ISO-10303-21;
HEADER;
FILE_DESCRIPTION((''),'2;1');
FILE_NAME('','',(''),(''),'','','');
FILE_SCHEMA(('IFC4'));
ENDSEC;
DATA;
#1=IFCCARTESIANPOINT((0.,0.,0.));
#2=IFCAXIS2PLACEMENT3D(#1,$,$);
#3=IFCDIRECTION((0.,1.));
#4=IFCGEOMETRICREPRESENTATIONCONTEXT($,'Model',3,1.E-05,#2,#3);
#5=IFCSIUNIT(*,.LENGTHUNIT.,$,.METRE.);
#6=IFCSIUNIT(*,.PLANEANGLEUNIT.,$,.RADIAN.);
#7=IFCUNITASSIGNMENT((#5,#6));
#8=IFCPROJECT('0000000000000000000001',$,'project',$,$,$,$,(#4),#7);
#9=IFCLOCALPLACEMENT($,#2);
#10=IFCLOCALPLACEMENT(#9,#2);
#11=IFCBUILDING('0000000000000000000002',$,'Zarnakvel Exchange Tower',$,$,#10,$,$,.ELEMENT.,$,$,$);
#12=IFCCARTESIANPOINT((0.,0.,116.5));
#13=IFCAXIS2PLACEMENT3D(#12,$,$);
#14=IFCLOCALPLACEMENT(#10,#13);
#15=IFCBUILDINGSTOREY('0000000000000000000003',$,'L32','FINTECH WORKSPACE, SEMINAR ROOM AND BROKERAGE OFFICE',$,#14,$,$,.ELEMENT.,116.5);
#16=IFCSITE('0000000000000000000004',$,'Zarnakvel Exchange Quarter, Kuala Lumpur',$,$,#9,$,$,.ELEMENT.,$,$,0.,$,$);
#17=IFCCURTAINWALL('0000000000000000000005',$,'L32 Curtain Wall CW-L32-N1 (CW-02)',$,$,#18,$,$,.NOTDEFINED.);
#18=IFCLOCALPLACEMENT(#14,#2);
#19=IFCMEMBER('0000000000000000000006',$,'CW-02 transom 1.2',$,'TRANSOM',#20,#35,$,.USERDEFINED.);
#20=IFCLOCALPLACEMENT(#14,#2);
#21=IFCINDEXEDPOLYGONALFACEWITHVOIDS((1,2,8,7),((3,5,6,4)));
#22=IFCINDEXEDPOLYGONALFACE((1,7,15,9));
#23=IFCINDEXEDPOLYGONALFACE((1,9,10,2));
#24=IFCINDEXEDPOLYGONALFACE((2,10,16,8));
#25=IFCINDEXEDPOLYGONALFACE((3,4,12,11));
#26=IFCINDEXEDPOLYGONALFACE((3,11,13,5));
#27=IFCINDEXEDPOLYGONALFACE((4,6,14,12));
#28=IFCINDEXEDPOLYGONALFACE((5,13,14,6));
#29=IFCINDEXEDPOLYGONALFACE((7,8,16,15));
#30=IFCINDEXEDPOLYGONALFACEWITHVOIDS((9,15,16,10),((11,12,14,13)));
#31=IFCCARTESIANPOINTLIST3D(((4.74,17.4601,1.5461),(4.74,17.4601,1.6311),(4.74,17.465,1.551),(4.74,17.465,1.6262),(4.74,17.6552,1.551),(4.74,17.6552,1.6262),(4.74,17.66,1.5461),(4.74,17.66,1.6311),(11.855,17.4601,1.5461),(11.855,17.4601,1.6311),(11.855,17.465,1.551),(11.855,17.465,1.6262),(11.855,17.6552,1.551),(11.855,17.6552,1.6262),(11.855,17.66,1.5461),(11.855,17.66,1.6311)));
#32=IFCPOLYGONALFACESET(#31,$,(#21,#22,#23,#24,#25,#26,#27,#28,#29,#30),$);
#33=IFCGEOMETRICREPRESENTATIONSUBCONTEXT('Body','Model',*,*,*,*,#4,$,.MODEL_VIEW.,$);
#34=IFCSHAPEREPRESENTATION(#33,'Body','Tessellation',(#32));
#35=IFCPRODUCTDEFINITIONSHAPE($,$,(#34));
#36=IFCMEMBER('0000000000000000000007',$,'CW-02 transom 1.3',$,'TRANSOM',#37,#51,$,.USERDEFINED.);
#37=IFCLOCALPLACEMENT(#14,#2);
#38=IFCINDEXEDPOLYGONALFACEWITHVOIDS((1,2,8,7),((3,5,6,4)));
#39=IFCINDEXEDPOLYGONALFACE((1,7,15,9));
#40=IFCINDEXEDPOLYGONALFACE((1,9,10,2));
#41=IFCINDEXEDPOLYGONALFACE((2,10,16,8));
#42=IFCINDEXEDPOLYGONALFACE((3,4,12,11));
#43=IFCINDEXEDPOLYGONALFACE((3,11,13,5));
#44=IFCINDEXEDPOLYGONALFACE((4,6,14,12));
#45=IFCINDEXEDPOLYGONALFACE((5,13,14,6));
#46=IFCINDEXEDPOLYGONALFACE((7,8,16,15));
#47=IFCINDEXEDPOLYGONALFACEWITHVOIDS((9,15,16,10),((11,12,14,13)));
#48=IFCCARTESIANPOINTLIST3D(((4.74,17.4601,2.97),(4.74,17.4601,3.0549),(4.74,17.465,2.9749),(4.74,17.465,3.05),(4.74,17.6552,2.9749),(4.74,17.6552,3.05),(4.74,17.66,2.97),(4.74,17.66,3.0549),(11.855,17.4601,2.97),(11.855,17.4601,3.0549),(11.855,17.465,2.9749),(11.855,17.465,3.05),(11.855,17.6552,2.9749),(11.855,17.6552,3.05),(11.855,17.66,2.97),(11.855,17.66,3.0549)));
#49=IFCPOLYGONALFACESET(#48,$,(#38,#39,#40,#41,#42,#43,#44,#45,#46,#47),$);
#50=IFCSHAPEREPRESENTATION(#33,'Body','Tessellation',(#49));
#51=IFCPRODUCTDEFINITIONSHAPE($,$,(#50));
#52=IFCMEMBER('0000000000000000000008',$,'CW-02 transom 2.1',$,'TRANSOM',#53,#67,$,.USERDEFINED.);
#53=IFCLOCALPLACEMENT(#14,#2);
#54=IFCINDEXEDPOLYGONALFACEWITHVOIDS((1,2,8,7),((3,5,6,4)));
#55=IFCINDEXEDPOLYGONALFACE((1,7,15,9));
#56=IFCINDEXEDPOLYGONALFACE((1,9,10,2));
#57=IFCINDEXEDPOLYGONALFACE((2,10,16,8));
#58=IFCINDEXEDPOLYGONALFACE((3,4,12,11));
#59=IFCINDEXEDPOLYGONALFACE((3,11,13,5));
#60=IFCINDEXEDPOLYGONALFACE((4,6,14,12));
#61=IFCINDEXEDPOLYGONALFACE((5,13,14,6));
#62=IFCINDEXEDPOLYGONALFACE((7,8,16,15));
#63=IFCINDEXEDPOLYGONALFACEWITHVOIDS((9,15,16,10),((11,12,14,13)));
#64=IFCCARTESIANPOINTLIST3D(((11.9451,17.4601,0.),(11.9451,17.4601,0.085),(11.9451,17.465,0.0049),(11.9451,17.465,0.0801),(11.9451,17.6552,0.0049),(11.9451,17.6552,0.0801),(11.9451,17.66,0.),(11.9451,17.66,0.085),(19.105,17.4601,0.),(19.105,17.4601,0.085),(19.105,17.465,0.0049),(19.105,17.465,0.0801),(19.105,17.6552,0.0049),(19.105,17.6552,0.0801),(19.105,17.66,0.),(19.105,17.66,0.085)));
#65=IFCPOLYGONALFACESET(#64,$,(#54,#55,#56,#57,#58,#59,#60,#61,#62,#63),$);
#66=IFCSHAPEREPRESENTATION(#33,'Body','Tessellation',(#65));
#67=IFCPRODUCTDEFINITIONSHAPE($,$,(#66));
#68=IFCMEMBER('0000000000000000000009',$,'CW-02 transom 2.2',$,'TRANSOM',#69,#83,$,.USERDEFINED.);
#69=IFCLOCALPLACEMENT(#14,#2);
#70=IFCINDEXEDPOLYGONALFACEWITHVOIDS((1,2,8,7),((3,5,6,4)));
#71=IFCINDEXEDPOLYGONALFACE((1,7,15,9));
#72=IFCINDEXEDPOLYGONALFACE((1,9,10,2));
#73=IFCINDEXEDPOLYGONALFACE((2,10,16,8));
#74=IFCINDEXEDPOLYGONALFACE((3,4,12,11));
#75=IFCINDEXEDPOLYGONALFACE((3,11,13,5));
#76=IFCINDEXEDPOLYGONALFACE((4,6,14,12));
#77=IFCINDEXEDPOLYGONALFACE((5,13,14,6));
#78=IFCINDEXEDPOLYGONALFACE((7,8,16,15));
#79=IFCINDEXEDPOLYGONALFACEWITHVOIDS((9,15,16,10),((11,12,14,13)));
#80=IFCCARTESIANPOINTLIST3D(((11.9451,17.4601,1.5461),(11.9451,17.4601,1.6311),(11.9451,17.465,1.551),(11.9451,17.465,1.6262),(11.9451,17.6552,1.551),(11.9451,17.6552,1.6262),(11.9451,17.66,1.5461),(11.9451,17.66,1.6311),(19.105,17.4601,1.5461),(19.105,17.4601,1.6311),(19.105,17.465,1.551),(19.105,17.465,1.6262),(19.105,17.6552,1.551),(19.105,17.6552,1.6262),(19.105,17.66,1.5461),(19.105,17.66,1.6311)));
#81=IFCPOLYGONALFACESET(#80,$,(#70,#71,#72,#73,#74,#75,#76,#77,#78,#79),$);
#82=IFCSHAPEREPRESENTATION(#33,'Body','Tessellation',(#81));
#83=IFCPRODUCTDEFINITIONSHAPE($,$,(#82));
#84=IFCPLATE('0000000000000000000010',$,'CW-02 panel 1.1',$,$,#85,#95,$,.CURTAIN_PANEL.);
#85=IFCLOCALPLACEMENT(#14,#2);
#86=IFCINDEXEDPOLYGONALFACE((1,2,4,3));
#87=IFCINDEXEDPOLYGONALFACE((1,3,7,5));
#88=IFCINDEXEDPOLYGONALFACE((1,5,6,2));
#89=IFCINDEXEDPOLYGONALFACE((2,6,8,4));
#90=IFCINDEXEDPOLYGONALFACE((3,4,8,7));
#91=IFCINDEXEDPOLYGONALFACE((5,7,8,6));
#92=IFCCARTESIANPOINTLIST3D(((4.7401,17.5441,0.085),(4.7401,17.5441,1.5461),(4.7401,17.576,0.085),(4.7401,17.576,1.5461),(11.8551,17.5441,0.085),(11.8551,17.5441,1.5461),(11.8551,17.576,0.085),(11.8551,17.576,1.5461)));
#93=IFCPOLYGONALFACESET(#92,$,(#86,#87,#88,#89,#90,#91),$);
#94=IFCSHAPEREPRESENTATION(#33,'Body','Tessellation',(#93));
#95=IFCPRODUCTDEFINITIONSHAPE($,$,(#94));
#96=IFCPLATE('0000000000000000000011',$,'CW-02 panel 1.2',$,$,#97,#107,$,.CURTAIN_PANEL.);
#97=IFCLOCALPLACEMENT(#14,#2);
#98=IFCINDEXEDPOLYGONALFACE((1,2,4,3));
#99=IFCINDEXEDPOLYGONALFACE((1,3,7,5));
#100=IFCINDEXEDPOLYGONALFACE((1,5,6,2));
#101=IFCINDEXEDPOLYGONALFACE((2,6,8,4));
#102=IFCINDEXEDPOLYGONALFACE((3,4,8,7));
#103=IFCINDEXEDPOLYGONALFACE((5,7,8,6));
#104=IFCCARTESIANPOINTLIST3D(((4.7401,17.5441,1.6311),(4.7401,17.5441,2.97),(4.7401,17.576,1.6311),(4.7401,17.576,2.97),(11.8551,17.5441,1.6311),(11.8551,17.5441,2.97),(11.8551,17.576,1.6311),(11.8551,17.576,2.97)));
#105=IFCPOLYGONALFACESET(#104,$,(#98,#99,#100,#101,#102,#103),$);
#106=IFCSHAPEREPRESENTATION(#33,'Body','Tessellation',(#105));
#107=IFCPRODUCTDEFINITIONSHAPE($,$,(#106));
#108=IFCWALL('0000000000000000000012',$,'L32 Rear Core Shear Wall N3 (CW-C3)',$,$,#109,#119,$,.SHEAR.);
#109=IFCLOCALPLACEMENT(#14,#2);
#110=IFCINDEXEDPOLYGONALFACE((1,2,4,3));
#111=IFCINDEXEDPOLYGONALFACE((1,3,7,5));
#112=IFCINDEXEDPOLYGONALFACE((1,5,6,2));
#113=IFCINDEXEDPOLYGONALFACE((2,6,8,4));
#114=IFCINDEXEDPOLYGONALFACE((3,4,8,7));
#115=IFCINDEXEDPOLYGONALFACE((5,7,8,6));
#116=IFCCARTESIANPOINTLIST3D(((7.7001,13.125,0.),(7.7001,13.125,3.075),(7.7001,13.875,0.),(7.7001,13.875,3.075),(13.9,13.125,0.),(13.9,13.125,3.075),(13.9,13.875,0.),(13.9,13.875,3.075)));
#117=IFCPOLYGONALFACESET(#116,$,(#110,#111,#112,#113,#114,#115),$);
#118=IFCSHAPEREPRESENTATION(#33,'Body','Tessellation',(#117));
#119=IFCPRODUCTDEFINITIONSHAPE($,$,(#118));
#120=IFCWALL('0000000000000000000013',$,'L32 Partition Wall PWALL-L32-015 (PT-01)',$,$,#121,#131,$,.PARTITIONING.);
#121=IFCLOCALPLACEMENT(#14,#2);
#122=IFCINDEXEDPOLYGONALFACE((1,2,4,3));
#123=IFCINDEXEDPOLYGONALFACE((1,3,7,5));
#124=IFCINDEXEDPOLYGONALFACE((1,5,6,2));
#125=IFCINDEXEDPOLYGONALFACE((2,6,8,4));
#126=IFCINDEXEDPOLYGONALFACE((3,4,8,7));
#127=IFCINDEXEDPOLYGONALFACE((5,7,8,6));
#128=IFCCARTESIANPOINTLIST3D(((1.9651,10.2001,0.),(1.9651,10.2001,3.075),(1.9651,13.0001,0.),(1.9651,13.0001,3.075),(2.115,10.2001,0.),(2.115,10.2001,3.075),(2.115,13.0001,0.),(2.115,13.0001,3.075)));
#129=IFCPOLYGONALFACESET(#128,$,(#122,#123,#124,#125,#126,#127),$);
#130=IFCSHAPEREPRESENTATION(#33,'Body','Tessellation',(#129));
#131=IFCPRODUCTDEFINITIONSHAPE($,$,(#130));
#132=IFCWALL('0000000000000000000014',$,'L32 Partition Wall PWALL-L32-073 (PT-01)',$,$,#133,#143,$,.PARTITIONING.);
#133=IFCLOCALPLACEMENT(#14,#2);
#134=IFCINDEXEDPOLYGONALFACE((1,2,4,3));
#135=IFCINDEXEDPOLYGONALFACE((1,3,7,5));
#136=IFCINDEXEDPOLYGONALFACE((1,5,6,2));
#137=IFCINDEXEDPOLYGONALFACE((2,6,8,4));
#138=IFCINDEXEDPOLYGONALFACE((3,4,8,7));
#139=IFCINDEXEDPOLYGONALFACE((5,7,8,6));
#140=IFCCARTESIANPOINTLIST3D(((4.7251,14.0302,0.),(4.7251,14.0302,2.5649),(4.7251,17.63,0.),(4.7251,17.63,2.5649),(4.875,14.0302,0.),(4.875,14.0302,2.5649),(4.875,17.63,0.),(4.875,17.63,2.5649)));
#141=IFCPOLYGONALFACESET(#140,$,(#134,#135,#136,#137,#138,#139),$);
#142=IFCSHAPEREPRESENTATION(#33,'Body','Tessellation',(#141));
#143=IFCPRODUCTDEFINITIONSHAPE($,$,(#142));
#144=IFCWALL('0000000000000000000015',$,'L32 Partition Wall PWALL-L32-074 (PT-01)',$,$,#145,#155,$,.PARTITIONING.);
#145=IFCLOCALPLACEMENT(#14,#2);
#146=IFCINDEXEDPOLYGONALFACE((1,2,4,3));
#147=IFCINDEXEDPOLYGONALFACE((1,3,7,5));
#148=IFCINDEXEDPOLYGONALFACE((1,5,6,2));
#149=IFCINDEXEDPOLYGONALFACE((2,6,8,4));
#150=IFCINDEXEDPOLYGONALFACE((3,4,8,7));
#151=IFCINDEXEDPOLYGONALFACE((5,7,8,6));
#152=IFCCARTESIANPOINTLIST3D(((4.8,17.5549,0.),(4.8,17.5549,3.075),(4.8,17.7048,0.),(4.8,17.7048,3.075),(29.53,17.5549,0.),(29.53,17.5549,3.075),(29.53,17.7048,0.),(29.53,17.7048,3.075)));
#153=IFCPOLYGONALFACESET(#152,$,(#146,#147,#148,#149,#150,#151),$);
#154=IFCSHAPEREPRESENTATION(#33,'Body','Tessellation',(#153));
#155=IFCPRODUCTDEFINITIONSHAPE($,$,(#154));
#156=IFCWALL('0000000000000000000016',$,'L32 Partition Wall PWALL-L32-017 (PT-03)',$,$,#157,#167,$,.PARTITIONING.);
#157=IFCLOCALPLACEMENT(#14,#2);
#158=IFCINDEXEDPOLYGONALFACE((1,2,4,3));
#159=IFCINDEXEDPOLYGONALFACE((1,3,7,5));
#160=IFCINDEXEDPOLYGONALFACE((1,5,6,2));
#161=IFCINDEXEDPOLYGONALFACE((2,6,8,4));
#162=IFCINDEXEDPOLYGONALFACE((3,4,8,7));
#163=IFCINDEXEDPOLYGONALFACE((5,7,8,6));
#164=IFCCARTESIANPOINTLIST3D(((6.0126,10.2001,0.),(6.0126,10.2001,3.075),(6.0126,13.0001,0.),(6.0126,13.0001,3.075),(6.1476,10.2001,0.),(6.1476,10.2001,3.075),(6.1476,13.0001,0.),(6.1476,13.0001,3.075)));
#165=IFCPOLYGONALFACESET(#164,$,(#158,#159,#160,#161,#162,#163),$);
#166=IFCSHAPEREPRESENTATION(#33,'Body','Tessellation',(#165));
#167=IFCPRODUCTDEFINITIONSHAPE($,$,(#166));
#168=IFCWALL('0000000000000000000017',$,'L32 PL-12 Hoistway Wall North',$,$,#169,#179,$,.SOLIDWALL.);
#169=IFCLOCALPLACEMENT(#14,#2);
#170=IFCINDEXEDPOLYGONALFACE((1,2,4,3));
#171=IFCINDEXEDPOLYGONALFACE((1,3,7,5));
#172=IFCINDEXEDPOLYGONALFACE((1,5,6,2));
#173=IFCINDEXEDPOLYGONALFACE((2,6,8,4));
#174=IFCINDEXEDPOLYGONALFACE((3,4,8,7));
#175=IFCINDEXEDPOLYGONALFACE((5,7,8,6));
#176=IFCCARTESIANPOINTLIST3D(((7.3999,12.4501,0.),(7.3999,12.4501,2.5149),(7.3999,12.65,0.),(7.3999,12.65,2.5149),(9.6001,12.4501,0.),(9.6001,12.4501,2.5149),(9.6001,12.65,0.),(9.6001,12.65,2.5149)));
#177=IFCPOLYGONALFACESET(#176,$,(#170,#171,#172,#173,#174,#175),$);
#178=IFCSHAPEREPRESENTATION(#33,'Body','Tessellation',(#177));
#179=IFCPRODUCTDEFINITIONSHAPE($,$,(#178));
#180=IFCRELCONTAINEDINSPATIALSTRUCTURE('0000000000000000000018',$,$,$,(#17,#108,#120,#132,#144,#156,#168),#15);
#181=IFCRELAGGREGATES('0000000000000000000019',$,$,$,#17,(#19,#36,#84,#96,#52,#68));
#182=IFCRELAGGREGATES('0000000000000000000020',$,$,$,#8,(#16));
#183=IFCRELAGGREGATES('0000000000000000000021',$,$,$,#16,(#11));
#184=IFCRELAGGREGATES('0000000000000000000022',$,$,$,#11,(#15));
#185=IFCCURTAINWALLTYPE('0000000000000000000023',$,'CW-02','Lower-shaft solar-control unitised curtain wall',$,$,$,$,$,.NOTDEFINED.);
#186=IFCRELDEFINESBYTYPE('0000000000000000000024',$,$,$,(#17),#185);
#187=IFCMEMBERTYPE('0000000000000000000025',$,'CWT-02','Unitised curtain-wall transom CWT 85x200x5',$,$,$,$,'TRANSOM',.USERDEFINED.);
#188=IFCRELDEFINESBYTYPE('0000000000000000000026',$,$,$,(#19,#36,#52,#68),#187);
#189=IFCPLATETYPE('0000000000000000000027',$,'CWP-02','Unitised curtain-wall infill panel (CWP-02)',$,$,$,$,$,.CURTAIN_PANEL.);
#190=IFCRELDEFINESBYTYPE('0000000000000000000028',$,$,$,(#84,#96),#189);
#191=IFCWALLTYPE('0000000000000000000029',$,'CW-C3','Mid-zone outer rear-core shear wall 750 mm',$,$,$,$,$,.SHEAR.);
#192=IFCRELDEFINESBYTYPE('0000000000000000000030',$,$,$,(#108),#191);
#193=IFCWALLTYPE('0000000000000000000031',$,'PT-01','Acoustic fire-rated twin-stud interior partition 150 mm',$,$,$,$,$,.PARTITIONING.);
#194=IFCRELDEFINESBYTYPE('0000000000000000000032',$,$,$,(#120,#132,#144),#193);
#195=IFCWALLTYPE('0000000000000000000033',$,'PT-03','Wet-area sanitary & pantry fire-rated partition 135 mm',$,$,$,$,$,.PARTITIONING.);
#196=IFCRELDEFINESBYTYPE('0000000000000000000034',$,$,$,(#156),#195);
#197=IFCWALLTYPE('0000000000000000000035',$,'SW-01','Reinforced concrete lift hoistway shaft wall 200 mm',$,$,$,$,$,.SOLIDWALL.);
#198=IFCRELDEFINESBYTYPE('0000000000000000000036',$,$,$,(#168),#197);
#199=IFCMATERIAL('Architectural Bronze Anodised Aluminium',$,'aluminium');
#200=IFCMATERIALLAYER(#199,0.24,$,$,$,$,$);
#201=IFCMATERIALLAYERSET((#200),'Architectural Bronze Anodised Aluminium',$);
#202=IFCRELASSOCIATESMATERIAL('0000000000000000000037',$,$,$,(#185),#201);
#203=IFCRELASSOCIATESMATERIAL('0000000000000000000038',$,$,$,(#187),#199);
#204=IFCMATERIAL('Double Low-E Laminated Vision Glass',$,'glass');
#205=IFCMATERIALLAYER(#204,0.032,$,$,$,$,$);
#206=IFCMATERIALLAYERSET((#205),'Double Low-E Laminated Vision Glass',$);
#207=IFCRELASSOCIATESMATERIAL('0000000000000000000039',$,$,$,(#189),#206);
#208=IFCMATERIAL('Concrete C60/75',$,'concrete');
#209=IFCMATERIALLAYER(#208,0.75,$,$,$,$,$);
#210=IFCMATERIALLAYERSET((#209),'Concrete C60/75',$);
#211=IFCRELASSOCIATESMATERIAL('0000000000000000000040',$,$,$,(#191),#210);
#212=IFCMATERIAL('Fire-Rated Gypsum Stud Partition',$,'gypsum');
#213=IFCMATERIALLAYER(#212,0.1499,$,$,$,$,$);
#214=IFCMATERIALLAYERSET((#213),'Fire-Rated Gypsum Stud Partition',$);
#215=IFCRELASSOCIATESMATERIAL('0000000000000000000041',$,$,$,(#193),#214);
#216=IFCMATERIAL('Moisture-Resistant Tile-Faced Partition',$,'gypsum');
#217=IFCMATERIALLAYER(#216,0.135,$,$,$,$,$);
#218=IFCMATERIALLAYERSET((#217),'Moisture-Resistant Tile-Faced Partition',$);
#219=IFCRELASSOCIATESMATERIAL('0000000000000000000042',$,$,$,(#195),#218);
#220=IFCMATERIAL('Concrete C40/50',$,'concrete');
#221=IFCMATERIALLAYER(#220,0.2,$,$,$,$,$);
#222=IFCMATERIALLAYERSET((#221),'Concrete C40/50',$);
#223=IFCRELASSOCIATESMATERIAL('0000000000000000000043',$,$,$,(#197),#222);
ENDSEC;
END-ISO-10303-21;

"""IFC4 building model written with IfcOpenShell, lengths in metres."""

from ifc_helpers import new_model, si_unit, direction, frame, frame_2d, origin, origin_2d, place, context, subcontext, project, spatial, rectangle, hollow_rectangle, extrude, source, transform, mapped, material, layer, layer_set, material_profile, profile_set, type_object, element, aggregate, save


model = new_model("IFC4")

# Units and contexts
model_context = context("Model", 3, precision=1e-05, world=origin(), true_north=direction((0.0, 1.0)))
body_context = subcontext(model_context, "Body", "Model", "MODEL_VIEW")
ifc_project = project(units=[si_unit("LENGTHUNIT", "METRE"), si_unit("PLANEANGLEUNIT", "RADIAN")], contexts=[model_context])

# Site, building, storey
site_placement = place(None, origin())
site = spatial("IfcSite", under=ifc_project, at=site_placement, Name="Zarnakvel Exchange Quarter, Kuala Lumpur", CompositionType="ELEMENT", RefElevation=0.0)
building_placement = place(site_placement, origin())
building = spatial("IfcBuilding", under=site, at=building_placement, Name="Zarnakvel Exchange Tower", CompositionType="ELEMENT")
storey_placement = place(building_placement, frame((0.0, 0.0, 116.5)))
storey = spatial("IfcBuildingStorey", under=building, at=storey_placement, Name="L32", Description="FINTECH WORKSPACE, SEMINAR ROOM AND BROKERAGE OFFICE", CompositionType="ELEMENT", Elevation=116.5)

# Shared definitions
ifc_material_1 = material(Name="Concrete C60/75", Category="concrete")

# Curtain wall, members, plates
ifc_material_2 = material(Name="Architectural Bronze Anodised Aluminium", Category="aluminium")
ifc_layer_1 = layer(ifc_material_2, 0.24)
ifc_layer_set_1 = layer_set([ifc_layer_1], Name="Architectural Bronze Anodised Aluminium")
curtain_wall_type = type_object("IfcCurtainWallType", Name="CW-02", Description="Lower-shaft solar-control unitised curtain wall", PredefinedType="NOTDEFINED", material=ifc_layer_set_1)
curtain_wall_placement = place(storey_placement, origin())
curtain_wall = element("IfcCurtainWall", 1, at=curtain_wall_placement, inside=storey, type_object=curtain_wall_type, Name="L32 Curtain Wall CW-L32-N1 (CW-02)", PredefinedType="NOTDEFINED")
ifc_material_profile_1 = material_profile(ifc_material_2, hollow_rectangle(XDim=0.2, YDim=0.085, WallThickness=0.0049, at=origin_2d()))
ifc_profile_set_1 = profile_set([ifc_material_profile_1], Name="Architectural Bronze Anodised Aluminium")
member_type_1 = type_object("IfcMemberType", Name="CWT-02", Description="Unitised curtain-wall transom CWT 85x200x5", ElementType="TRANSOM", PredefinedType="USERDEFINED", material=ifc_profile_set_1)
shared_shape_1 = source(origin(), body_context, "Body", "SweptSolid", [
    extrude(hollow_rectangle(XDim=0.2, YDim=0.085, WallThickness=0.0049, at=origin_2d()), origin(), (0.0, 0.0, 1.0), 7.115),
])
member_1_placement = place(storey_placement, frame((4.74, 17.5601, 1.5886), z_axis=(1.0, 0.0, 0.0), x_axis=(0.0, 1.0, 0.0)))
member_1 = element("IfcMember", 2, at=member_1_placement, type_object=member_type_1, Name="CW-02 transom 1.2", ObjectType="TRANSOM", PredefinedType="USERDEFINED", context=body_context, shape_type="MappedRepresentation", body=[
    mapped(shared_shape_1, transform((0.0, 0.0, 0.0), x_axis=(1.0, 0.0, 0.0), y_axis=(0.0, 1.0, 0.0), z_axis=(0.0, 0.0, 1.0), scale=1.0)),
])
member_2_placement = place(storey_placement, frame((4.74, 17.5601, 3.0125), z_axis=(1.0, 0.0, 0.0), x_axis=(0.0, 1.0, 0.0)))
member_2 = element("IfcMember", 3, at=member_2_placement, type_object=member_type_1, Name="CW-02 transom 1.3", ObjectType="TRANSOM", PredefinedType="USERDEFINED", context=body_context, shape_type="MappedRepresentation", body=[
    mapped(shared_shape_1, transform((0.0, 0.0, 0.0), x_axis=(1.0, 0.0, 0.0), y_axis=(0.0, 1.0, 0.0), z_axis=(0.0, 0.0, 1.0), scale=1.0)),
])
shared_shape_2 = source(origin(), body_context, "Body", "SweptSolid", [
    extrude(hollow_rectangle(XDim=0.2, YDim=0.085, WallThickness=0.0049, at=origin_2d()), origin(), (0.0, 0.0, 1.0), 7.1599),
])
member_3_placement = place(storey_placement, frame((11.9451, 17.5601, 0.0425), z_axis=(1.0, 0.0, 0.0), x_axis=(0.0, 1.0, 0.0)))
member_3 = element("IfcMember", 4, at=member_3_placement, type_object=member_type_1, Name="CW-02 transom 2.1", ObjectType="TRANSOM", PredefinedType="USERDEFINED", context=body_context, shape_type="MappedRepresentation", body=[
    mapped(shared_shape_2, transform((0.0, 0.0, 0.0), x_axis=(1.0, 0.0, 0.0), y_axis=(0.0, 1.0, 0.0), z_axis=(0.0, 0.0, 1.0), scale=1.0)),
])
member_4_placement = place(storey_placement, frame((11.9451, 17.5601, 1.5886), z_axis=(1.0, 0.0, 0.0), x_axis=(0.0, 1.0, 0.0)))
member_4 = element("IfcMember", 5, at=member_4_placement, type_object=member_type_1, Name="CW-02 transom 2.2", ObjectType="TRANSOM", PredefinedType="USERDEFINED", context=body_context, shape_type="MappedRepresentation", body=[
    mapped(shared_shape_2, transform((0.0, 0.0, 0.0), x_axis=(1.0, 0.0, 0.0), y_axis=(0.0, 1.0, 0.0), z_axis=(0.0, 0.0, 1.0), scale=1.0)),
])
ifc_material_3 = material(Name="Double Low-E Laminated Vision Glass", Category="glass")
ifc_layer_2 = layer(ifc_material_3, 0.032)
ifc_layer_set_2 = layer_set([ifc_layer_2], Name="Double Low-E Laminated Vision Glass")
plate_type = type_object("IfcPlateType", Name="CWP-02", Description="Unitised curtain-wall infill panel (CWP-02)", PredefinedType="CURTAIN_PANEL", material=ifc_layer_set_2)
shared_shape_3 = source(origin(), body_context, "Body", "SweptSolid", [
    extrude(rectangle(XDim=7.115, YDim=0.032, at=origin_2d()), origin(), (0.0, 0.0, 1.0), 1.4612),
])
plate_1_placement = place(storey_placement, frame((8.2976, 17.5601, 0.085), z_axis=(0.0, 0.0, 1.0), x_axis=(1.0, 0.0, 0.0)))
plate_1 = element("IfcPlate", 6, at=plate_1_placement, type_object=plate_type, Name="CW-02 panel 1.1", PredefinedType="CURTAIN_PANEL", context=body_context, shape_type="MappedRepresentation", body=[
    mapped(shared_shape_3, transform((0.0, 0.0, 0.0), x_axis=(1.0, 0.0, 0.0), y_axis=(0.0, 1.0, 0.0), z_axis=(0.0, 0.0, 1.0), scale=1.0)),
])
shared_shape_4 = source(origin(), body_context, "Body", "SweptSolid", [
    extrude(rectangle(XDim=7.115, YDim=0.032, at=origin_2d()), origin(), (0.0, 0.0, 1.0), 1.3389),
])
plate_2_placement = place(storey_placement, frame((8.2976, 17.5601, 1.6311), z_axis=(0.0, 0.0, 1.0), x_axis=(1.0, 0.0, 0.0)))
plate_2 = element("IfcPlate", 7, at=plate_2_placement, type_object=plate_type, Name="CW-02 panel 1.2", PredefinedType="CURTAIN_PANEL", context=body_context, shape_type="MappedRepresentation", body=[
    mapped(shared_shape_4, transform((0.0, 0.0, 0.0), x_axis=(1.0, 0.0, 0.0), y_axis=(0.0, 1.0, 0.0), z_axis=(0.0, 0.0, 1.0), scale=1.0)),
])
aggregate(curtain_wall, [member_1, member_2, plate_1, plate_2, member_3, member_4])

# Wall
ifc_layer_3 = layer(ifc_material_1, 0.75)
ifc_layer_set_3 = layer_set([ifc_layer_3], Name="Concrete C60/75")
wall_type_1 = type_object("IfcWallType", Name="CW-C3", Description="Mid-zone outer rear-core shear wall 750 mm", PredefinedType="SHEAR", material=ifc_layer_set_3)
wall_1_placement = place(storey_placement, frame((7.7, 13.5, 0.0), z_axis=(0.0, 0.0, 1.0), x_axis=(1.0, 0.0, 0.0)))
element("IfcWall", 8, at=wall_1_placement, inside=storey, type_object=wall_type_1, Name="L32 Rear Core Shear Wall N3 (CW-C3)", PredefinedType="SHEAR", context=body_context, shape_type="SweptSolid", body=[
    extrude(rectangle(XDim=6.2, YDim=0.75, at=frame_2d((3.1001, 0.0))), origin(), (0.0, 0.0, 1.0), 3.075),
])

# Shared definitions
ifc_material_4 = material(Name="Fire-Rated Gypsum Stud Partition", Category="gypsum")
ifc_layer_4 = layer(ifc_material_4, 0.1499)
ifc_layer_set_4 = layer_set([ifc_layer_4], Name="Fire-Rated Gypsum Stud Partition")
wall_type_2 = type_object("IfcWallType", Name="PT-01", Description="Acoustic fire-rated twin-stud interior partition 150 mm", PredefinedType="PARTITIONING", material=ifc_layer_set_4)

# Walls
wall_2_placement = place(storey_placement, frame((2.04, 13.0, 0.0), z_axis=(0.0, 0.0, 1.0), x_axis=(0.0, -1.0, 0.0)))
element("IfcWall", 9, at=wall_2_placement, inside=storey, type_object=wall_type_2, Name="L32 Partition Wall PWALL-L32-015 (PT-01)", PredefinedType="PARTITIONING", context=body_context, shape_type="SweptSolid", body=[
    extrude(rectangle(XDim=2.8, YDim=0.1499, at=frame_2d((1.3999, 0.0))), origin(), (0.0, 0.0, 1.0), 3.075),
])
wall_3_placement = place(storey_placement, frame((4.8, 17.6299, 0.0), z_axis=(0.0, 0.0, 1.0), x_axis=(0.0, -1.0, 0.0)))
element("IfcWall", 10, at=wall_3_placement, inside=storey, type_object=wall_type_2, Name="L32 Partition Wall PWALL-L32-073 (PT-01)", PredefinedType="PARTITIONING", context=body_context, shape_type="SweptSolid", body=[
    extrude(rectangle(XDim=3.5999, YDim=0.1499, at=frame_2d((1.7998, 0.0))), origin(), (0.0, 0.0, 1.0), 2.5649),
])
wall_4_placement = place(storey_placement, frame((4.8, 17.6299, 0.0), z_axis=(0.0, 0.0, 1.0), x_axis=(1.0, 0.0, 0.0)))
element("IfcWall", 11, at=wall_4_placement, inside=storey, type_object=wall_type_2, Name="L32 Partition Wall PWALL-L32-074 (PT-01)", PredefinedType="PARTITIONING", context=body_context, shape_type="SweptSolid", body=[
    extrude(rectangle(XDim=24.73, YDim=0.1499, at=frame_2d((12.365, 0.0))), origin(), (0.0, 0.0, 1.0), 3.075),
])

# Shared definitions
ifc_material_5 = material(Name="Moisture-Resistant Tile-Faced Partition", Category="gypsum")
ifc_layer_5 = layer(ifc_material_5, 0.135)
ifc_layer_set_5 = layer_set([ifc_layer_5], Name="Moisture-Resistant Tile-Faced Partition")
wall_type_3 = type_object("IfcWallType", Name="PT-03", Description="Wet-area sanitary & pantry fire-rated partition 135 mm", PredefinedType="PARTITIONING", material=ifc_layer_set_5)

# Walls
wall_5_placement = place(storey_placement, frame((6.0801, 13.0, 0.0), z_axis=(0.0, 0.0, 1.0), x_axis=(0.0, -1.0, 0.0)))
element("IfcWall", 12, at=wall_5_placement, inside=storey, type_object=wall_type_3, Name="L32 Partition Wall PWALL-L32-017 (PT-03)", PredefinedType="PARTITIONING", context=body_context, shape_type="SweptSolid", body=[
    extrude(rectangle(XDim=2.8, YDim=0.135, at=frame_2d((1.3999, 0.0))), origin(), (0.0, 0.0, 1.0), 3.075),
])
ifc_material_6 = material(Name="Concrete C40/50", Category="concrete")
ifc_layer_6 = layer(ifc_material_6, 0.2)
ifc_layer_set_6 = layer_set([ifc_layer_6], Name="Concrete C40/50")
wall_type_4 = type_object("IfcWallType", Name="SW-01", Description="Reinforced concrete lift hoistway shaft wall 200 mm", PredefinedType="SOLIDWALL", material=ifc_layer_set_6)
wall_6_placement = place(storey_placement, frame((7.3999, 12.55, 0.0), z_axis=(0.0, 0.0, 1.0), x_axis=(1.0, 0.0, 0.0)))
element("IfcWall", 13, at=wall_6_placement, inside=storey, type_object=wall_type_4, Name="L32 PL-12 Hoistway Wall North", PredefinedType="SOLIDWALL", context=body_context, shape_type="SweptSolid", body=[
    extrude(rectangle(XDim=2.2002, YDim=0.2, at=frame_2d((1.1001, 0.0))), origin(), (0.0, 0.0, 1.0), 2.5149),
])

save(model, "model.ifc")
